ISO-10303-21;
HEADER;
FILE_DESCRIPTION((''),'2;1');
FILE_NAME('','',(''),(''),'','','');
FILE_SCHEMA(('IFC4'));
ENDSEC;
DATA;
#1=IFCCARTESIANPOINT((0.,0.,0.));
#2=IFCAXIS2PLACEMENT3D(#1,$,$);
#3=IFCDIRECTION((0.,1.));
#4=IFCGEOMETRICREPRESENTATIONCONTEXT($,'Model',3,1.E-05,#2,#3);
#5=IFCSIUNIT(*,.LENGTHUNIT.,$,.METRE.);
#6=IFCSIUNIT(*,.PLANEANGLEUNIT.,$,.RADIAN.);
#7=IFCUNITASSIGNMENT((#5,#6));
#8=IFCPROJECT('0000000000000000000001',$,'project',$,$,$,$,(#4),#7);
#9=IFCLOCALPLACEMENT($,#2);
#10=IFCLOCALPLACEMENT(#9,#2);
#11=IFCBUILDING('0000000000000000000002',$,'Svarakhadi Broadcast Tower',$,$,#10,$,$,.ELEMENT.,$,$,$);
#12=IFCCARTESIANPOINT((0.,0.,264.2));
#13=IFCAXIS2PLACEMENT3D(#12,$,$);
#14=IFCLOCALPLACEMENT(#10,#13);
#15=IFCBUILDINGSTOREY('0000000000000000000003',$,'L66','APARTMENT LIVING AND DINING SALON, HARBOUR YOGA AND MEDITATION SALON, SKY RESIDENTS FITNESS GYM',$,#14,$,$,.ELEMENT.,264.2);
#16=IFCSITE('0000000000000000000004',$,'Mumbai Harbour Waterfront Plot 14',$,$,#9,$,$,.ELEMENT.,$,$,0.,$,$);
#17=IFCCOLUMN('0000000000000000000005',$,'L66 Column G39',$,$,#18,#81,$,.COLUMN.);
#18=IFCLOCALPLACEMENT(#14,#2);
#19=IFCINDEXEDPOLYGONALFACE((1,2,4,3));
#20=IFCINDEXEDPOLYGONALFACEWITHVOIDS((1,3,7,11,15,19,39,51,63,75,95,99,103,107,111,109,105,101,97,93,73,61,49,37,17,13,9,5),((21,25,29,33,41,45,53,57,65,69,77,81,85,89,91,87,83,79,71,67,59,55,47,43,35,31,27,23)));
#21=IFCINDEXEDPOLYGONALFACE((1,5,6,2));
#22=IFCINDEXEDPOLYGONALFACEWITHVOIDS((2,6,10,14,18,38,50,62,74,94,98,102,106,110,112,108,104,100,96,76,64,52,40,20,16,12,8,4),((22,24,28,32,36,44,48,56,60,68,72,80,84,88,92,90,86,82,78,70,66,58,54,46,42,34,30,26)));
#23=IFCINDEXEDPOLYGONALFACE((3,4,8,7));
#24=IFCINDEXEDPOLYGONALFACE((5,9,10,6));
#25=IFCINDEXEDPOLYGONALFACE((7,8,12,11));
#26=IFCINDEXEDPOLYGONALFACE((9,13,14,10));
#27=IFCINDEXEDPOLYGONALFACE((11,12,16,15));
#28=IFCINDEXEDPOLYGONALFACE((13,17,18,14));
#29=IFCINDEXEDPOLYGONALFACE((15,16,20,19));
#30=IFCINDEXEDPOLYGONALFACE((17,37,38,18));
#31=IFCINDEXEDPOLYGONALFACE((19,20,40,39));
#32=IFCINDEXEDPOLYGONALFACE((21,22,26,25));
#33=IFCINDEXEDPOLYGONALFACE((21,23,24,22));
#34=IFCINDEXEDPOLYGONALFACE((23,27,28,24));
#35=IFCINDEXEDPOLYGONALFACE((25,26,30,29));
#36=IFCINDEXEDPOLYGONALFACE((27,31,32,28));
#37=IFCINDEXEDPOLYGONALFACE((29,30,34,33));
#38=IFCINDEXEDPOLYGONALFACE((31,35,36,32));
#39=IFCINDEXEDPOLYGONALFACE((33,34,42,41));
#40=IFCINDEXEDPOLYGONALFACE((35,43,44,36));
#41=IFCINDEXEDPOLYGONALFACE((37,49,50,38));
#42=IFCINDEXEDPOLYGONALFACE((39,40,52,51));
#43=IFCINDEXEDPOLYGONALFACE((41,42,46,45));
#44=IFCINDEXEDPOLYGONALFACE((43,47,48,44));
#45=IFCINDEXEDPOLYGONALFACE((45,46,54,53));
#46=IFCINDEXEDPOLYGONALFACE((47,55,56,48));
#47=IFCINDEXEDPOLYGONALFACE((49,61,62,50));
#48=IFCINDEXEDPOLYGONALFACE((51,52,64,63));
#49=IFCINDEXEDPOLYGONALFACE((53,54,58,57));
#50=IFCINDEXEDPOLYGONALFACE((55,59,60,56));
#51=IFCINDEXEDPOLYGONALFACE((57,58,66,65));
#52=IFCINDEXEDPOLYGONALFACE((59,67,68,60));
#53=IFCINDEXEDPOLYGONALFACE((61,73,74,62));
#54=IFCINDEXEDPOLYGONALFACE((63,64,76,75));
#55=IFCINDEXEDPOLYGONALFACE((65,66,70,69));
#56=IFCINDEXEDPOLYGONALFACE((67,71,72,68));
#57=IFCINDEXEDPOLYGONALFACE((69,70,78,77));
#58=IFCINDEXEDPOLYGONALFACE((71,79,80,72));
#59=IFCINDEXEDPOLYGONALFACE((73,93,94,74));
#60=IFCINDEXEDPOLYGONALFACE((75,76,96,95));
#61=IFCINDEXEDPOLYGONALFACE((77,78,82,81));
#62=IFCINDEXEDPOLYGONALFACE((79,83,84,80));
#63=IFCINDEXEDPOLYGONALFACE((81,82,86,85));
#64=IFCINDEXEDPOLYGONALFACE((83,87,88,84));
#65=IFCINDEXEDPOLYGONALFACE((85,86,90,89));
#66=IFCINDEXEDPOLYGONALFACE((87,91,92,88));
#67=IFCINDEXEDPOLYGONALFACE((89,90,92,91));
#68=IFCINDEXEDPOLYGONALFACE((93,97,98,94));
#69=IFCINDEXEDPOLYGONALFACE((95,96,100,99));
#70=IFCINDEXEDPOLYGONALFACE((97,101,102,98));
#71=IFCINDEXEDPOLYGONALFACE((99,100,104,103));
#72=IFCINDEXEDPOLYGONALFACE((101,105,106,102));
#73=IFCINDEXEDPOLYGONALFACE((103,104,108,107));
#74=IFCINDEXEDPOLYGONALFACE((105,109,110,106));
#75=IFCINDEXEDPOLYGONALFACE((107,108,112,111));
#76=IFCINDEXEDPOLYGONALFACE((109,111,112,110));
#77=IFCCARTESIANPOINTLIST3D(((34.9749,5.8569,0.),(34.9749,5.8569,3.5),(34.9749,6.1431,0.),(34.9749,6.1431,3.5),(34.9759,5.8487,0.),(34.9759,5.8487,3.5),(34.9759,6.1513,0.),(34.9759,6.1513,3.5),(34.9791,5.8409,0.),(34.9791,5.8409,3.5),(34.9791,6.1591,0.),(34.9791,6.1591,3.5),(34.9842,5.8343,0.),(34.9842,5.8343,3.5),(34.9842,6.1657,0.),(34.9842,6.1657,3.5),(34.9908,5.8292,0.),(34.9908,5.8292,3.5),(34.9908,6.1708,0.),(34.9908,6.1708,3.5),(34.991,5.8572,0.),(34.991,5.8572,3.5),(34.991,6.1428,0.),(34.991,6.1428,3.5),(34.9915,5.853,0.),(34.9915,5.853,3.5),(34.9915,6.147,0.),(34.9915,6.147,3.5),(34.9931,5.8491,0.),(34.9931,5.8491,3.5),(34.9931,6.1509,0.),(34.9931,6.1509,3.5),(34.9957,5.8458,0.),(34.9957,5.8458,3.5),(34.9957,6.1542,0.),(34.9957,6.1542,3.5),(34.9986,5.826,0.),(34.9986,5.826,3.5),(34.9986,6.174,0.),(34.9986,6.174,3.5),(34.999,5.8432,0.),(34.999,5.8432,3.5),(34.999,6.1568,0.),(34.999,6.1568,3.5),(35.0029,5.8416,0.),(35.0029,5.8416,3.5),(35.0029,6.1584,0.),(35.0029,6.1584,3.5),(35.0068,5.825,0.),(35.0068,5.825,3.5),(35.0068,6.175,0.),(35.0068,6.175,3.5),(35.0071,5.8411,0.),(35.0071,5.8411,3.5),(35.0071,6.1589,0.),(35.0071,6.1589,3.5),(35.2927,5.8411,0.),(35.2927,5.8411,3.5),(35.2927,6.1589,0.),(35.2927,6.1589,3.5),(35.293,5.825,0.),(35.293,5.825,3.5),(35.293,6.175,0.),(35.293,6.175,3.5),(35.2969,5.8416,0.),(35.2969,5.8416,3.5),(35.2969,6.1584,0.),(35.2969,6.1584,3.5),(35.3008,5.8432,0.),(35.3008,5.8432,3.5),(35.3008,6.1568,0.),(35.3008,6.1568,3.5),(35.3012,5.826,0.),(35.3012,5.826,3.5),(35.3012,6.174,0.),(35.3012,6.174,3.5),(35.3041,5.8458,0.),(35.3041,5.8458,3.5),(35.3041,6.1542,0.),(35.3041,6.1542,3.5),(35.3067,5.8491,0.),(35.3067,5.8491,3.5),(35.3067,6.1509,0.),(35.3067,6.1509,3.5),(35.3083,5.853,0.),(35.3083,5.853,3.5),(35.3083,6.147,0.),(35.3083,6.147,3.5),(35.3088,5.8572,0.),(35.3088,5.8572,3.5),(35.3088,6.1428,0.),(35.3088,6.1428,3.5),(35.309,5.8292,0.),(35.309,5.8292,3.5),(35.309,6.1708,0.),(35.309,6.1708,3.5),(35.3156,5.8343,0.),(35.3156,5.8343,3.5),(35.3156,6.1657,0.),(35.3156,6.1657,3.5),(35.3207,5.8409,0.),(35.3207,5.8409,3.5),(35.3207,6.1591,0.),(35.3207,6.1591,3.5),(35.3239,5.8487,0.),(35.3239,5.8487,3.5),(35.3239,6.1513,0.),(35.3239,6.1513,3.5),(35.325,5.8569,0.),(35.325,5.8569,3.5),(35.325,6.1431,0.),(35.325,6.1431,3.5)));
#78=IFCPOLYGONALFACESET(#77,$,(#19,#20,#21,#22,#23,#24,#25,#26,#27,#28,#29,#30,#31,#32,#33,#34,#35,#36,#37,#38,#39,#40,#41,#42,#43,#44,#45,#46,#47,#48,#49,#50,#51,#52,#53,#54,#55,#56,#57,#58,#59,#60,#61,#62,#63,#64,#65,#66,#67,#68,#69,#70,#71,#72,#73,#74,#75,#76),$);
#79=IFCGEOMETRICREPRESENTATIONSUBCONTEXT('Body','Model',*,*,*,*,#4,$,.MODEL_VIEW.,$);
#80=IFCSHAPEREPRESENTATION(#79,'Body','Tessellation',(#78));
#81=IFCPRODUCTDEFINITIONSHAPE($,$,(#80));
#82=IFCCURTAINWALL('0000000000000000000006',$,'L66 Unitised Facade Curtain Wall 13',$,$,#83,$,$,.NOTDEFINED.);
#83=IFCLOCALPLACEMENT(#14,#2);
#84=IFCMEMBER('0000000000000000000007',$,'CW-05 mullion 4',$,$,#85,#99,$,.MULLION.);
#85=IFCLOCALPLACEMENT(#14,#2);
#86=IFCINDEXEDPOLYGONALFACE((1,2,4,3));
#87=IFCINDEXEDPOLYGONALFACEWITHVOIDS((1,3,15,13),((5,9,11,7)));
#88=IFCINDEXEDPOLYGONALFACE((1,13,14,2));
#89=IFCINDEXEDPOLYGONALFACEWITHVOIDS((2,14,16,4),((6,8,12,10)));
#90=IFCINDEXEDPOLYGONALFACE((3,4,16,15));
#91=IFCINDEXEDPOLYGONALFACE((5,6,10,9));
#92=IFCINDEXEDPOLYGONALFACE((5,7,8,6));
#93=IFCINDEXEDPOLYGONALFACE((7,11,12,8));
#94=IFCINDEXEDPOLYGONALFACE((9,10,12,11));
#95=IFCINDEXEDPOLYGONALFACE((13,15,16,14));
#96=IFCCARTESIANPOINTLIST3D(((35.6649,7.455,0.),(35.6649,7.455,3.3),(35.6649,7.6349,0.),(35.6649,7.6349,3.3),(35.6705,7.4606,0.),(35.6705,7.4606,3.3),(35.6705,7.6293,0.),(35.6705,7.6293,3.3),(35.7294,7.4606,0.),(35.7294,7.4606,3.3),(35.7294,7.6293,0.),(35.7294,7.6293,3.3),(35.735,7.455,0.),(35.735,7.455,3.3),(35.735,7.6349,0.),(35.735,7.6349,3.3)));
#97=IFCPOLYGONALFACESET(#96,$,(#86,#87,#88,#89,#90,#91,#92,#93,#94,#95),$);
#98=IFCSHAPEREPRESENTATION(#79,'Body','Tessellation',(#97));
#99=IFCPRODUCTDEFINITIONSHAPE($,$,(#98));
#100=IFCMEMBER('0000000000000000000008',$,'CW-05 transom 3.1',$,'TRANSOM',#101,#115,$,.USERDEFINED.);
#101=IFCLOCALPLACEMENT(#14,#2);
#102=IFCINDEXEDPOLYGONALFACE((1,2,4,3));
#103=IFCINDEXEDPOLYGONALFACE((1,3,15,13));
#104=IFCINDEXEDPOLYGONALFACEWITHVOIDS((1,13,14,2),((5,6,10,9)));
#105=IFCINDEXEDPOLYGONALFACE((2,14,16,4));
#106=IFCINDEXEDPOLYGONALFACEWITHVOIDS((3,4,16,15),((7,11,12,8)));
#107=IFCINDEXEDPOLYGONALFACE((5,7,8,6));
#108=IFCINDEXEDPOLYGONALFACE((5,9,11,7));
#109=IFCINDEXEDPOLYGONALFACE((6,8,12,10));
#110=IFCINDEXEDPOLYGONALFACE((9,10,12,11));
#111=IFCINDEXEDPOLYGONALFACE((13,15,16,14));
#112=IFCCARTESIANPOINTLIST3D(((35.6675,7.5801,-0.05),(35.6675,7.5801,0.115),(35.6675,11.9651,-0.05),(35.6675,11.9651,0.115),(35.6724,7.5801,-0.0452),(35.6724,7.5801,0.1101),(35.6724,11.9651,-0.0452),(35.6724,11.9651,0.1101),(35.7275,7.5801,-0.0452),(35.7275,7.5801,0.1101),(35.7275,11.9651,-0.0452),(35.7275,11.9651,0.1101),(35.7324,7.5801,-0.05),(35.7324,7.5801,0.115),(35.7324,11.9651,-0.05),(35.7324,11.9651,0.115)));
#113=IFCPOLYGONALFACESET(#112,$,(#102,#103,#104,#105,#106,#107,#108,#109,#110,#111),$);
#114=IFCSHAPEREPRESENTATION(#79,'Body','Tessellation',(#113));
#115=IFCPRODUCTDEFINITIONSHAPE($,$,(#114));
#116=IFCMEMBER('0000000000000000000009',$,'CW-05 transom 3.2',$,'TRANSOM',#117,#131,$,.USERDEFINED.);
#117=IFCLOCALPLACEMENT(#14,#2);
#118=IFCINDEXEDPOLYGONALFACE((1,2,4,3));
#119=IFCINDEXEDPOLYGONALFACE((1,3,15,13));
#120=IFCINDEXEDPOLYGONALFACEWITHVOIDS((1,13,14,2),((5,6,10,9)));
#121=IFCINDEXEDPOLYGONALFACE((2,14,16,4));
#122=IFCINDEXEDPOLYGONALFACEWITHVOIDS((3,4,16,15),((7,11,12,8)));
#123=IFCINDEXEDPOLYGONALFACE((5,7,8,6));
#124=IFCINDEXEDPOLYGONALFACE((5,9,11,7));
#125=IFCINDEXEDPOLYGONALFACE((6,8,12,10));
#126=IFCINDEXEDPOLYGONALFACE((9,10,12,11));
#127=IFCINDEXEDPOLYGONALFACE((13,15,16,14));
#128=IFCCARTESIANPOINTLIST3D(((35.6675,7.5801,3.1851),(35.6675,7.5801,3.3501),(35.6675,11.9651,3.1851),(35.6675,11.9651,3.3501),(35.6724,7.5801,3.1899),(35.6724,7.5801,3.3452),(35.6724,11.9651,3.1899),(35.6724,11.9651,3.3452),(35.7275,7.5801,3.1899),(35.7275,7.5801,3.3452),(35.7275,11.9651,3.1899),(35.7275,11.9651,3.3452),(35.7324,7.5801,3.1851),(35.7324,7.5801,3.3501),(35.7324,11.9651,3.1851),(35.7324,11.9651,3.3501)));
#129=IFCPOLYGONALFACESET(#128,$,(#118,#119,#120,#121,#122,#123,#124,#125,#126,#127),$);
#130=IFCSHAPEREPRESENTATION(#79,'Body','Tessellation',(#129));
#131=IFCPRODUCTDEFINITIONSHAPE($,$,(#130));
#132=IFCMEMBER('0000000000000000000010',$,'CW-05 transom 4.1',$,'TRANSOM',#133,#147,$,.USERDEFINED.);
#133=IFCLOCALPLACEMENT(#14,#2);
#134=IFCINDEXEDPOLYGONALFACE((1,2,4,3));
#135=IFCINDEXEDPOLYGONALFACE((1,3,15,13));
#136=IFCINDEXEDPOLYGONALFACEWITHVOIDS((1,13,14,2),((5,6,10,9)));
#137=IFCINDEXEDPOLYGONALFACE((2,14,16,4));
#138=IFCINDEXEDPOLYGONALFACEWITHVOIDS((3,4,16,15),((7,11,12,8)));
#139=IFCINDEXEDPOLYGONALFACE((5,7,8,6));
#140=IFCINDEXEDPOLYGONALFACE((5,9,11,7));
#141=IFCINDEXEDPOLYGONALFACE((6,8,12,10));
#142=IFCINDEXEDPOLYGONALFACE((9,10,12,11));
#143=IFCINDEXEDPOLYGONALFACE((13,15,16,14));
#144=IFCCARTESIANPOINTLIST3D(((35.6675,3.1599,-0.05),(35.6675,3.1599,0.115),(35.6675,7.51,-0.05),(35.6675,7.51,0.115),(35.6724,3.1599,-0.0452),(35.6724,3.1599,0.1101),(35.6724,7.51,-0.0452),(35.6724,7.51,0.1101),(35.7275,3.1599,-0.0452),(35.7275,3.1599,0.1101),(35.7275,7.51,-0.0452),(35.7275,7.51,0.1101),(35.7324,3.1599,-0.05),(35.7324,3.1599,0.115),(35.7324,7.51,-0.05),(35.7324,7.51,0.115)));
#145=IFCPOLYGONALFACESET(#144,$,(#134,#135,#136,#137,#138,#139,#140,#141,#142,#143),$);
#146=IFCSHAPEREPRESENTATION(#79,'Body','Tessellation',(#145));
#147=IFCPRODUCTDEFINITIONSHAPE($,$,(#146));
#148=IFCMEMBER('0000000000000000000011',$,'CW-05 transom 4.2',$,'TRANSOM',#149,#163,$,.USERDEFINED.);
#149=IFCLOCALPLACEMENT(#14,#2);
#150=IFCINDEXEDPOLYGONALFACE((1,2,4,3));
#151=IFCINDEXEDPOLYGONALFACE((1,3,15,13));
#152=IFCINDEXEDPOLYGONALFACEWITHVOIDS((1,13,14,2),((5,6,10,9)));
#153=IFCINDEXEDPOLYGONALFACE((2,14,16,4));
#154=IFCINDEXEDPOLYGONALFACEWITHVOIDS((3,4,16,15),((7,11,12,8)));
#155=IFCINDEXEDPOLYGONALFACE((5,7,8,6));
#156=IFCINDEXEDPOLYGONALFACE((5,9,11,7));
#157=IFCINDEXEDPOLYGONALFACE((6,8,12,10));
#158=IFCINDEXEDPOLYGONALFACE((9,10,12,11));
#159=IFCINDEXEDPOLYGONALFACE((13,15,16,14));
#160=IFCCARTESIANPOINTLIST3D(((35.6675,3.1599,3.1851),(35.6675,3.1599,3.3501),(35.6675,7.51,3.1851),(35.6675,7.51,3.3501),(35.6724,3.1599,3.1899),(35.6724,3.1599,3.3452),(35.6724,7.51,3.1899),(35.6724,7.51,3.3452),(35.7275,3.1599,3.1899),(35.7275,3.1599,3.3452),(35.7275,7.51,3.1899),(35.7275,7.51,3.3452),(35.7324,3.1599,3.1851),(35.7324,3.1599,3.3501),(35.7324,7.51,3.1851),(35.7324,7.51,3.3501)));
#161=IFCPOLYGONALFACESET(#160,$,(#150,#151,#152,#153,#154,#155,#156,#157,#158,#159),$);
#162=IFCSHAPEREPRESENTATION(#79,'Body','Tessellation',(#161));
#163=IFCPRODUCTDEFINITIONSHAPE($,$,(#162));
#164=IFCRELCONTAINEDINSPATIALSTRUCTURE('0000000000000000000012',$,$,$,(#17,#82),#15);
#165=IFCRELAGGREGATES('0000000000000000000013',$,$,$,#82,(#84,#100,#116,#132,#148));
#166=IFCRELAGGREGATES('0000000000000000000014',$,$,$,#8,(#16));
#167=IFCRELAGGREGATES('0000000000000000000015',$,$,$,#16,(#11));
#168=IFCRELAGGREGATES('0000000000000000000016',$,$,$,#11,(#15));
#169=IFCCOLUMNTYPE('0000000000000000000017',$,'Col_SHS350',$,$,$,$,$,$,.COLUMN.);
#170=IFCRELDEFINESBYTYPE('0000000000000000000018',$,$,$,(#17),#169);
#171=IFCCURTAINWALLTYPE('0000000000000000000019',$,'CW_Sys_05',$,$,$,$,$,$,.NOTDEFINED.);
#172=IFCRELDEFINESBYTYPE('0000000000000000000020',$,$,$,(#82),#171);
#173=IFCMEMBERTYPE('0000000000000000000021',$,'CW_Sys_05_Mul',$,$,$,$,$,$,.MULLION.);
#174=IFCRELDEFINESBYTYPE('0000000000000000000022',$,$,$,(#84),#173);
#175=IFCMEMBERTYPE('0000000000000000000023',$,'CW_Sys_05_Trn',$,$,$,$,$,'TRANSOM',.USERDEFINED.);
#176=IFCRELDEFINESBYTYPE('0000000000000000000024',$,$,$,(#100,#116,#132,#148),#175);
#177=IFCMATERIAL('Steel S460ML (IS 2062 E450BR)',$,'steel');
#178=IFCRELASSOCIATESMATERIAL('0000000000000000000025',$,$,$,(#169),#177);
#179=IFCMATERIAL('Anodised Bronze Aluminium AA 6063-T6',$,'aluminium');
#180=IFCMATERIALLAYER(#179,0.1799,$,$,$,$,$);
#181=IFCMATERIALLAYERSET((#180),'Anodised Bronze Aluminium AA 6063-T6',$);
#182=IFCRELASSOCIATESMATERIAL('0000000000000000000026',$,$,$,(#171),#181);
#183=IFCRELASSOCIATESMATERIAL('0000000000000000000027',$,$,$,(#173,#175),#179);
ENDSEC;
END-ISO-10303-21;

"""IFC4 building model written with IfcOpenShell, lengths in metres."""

from ifc_helpers import new_model, si_unit, direction, frame, origin, origin_2d, place, context, subcontext, project, spatial, hollow_rectangle, extrude, material, layer, layer_set, material_profile, profile_set, type_object, element, aggregate, save


model = new_model("IFC4")

# Units and contexts
model_context = context("Model", 3, precision=1e-05, world=origin(), true_north=direction((0.0, 1.0)))
body_context = subcontext(model_context, "Body", "Model", "MODEL_VIEW")
ifc_project = project(units=[si_unit("LENGTHUNIT", "METRE"), si_unit("PLANEANGLEUNIT", "RADIAN")], contexts=[model_context])

# Site, building, storey
site_placement = place(None, origin())
site = spatial("IfcSite", under=ifc_project, at=site_placement, Name="Mumbai Harbour Waterfront Plot 14", CompositionType="ELEMENT", RefElevation=0.0)
building_placement = place(site_placement, origin())
building = spatial("IfcBuilding", under=site, at=building_placement, Name="Svarakhadi Broadcast Tower", CompositionType="ELEMENT")
storey_placement = place(building_placement, frame((0.0, 0.0, 264.2)))
storey = spatial("IfcBuildingStorey", under=building, at=storey_placement, Name="L66", Description="APARTMENT LIVING AND DINING SALON, HARBOUR YOGA AND MEDITATION SALON, SKY RESIDENTS FITNESS GYM", CompositionType="ELEMENT", Elevation=264.2)

# Column
ifc_material_1 = material(Name="Steel S460ML (IS 2062 E450BR)", Category="steel")
ifc_material_profile_1 = material_profile(ifc_material_1, hollow_rectangle(XDim=0.3501, YDim=0.3501, WallThickness=0.0161, InnerFilletRadius=0.0161, OuterFilletRadius=0.032, at=origin_2d()), Name="SHS 350x350x16")
ifc_profile_set_1 = profile_set([ifc_material_profile_1], Name="Steel S460ML (IS 2062 E450BR)")
column_type = type_object("IfcColumnType", Name="Col_SHS350", PredefinedType="COLUMN", material=ifc_profile_set_1)
column_placement = place(storey_placement, frame((35.1499, 6.0, 0.0), z_axis=(0.0, 0.0, 1.0), x_axis=(1.0, 0.0, 0.0)))
element("IfcColumn", 1, at=column_placement, inside=storey, type_object=column_type, Name="L66 Column G39", PredefinedType="COLUMN", context=body_context, shape_type="SweptSolid", body=[
    extrude(hollow_rectangle(XDim=0.3501, YDim=0.3501, WallThickness=0.0161, InnerFilletRadius=0.0161, OuterFilletRadius=0.032, at=origin_2d()), origin(), (0.0, 0.0, 1.0), 3.5),
])

# Curtain wall, members
ifc_material_2 = material(Name="Anodised Bronze Aluminium AA 6063-T6", Category="aluminium")
ifc_layer_1 = layer(ifc_material_2, 0.1799)
ifc_layer_set_1 = layer_set([ifc_layer_1], Name="Anodised Bronze Aluminium AA 6063-T6")
curtain_wall_type = type_object("IfcCurtainWallType", Name="CW_Sys_05", PredefinedType="NOTDEFINED", material=ifc_layer_set_1)
curtain_wall_placement = place(storey_placement, origin())
curtain_wall = element("IfcCurtainWall", 2, at=curtain_wall_placement, inside=storey, type_object=curtain_wall_type, Name="L66 Unitised Facade Curtain Wall 13", PredefinedType="NOTDEFINED")
ifc_material_profile_2 = material_profile(ifc_material_2, hollow_rectangle(XDim=0.0701, YDim=0.1799, WallThickness=0.0056, at=origin_2d()), Name="ALU MULLION 180x70x6")
ifc_profile_set_2 = profile_set([ifc_material_profile_2], Name="Anodised Bronze Aluminium AA 6063-T6")
member_type_1 = type_object("IfcMemberType", Name="CW_Sys_05_Mul", PredefinedType="MULLION", material=ifc_profile_set_2)
member_1_placement = place(storey_placement, frame((35.7, 7.5449, 0.0), z_axis=(0.0, 0.0, 1.0), x_axis=(1.0, 0.0, 0.0)))
member_1 = element("IfcMember", 3, at=member_1_placement, type_object=member_type_1, Name="CW-05 mullion 4", PredefinedType="MULLION", context=body_context, shape_type="SweptSolid", body=[
    extrude(hollow_rectangle(XDim=0.0701, YDim=0.1799, WallThickness=0.0056, at=origin_2d()), origin(), (0.0, 0.0, 1.0), 3.3),
])
ifc_material_profile_3 = material_profile(ifc_material_2, hollow_rectangle(XDim=0.0649, YDim=0.165, WallThickness=0.0049, at=origin_2d()), Name="ALU TRANSOM 165x65x5")
ifc_profile_set_3 = profile_set([ifc_material_profile_3], Name="Anodised Bronze Aluminium AA 6063-T6")
member_type_2 = type_object("IfcMemberType", Name="CW_Sys_05_Trn", ElementType="TRANSOM", PredefinedType="USERDEFINED", material=ifc_profile_set_3)
member_2_placement = place(storey_placement, frame((35.7, 11.9651, 0.0325), z_axis=(0.0, -1.0, 0.0), x_axis=(1.0, 0.0, 0.0)))
member_2 = element("IfcMember", 4, at=member_2_placement, type_object=member_type_2, Name="CW-05 transom 3.1", ObjectType="TRANSOM", PredefinedType="USERDEFINED", context=body_context, shape_type="SweptSolid", body=[
    extrude(hollow_rectangle(XDim=0.0649, YDim=0.165, WallThickness=0.0049, at=origin_2d()), origin(), (0.0, 0.0, 1.0), 4.385),
])
member_3_placement = place(storey_placement, frame((35.7, 11.9651, 3.2676), z_axis=(0.0, -1.0, 0.0), x_axis=(1.0, 0.0, 0.0)))
member_3 = element("IfcMember", 5, at=member_3_placement, type_object=member_type_2, Name="CW-05 transom 3.2", ObjectType="TRANSOM", PredefinedType="USERDEFINED", context=body_context, shape_type="SweptSolid", body=[
    extrude(hollow_rectangle(XDim=0.0649, YDim=0.165, WallThickness=0.0049, at=origin_2d()), origin(), (0.0, 0.0, 1.0), 4.385),
])
member_4_placement = place(storey_placement, frame((35.7, 7.51, 0.0325), z_axis=(0.0, -1.0, 0.0), x_axis=(1.0, 0.0, 0.0)))
member_4 = element("IfcMember", 6, at=member_4_placement, type_object=member_type_2, Name="CW-05 transom 4.1", ObjectType="TRANSOM", PredefinedType="USERDEFINED", context=body_context, shape_type="SweptSolid", body=[
    extrude(hollow_rectangle(XDim=0.0649, YDim=0.165, WallThickness=0.0049, at=origin_2d()), origin(), (0.0, 0.0, 1.0), 4.3501),
])
member_5_placement = place(storey_placement, frame((35.7, 7.51, 3.2676), z_axis=(0.0, -1.0, 0.0), x_axis=(1.0, 0.0, 0.0)))
member_5 = element("IfcMember", 7, at=member_5_placement, type_object=member_type_2, Name="CW-05 transom 4.2", ObjectType="TRANSOM", PredefinedType="USERDEFINED", context=body_context, shape_type="SweptSolid", body=[
    extrude(hollow_rectangle(XDim=0.0649, YDim=0.165, WallThickness=0.0049, at=origin_2d()), origin(), (0.0, 0.0, 1.0), 4.3501),
])

aggregate(curtain_wall, [member_1, member_2, member_3, member_4, member_5])

save(model, "model.ifc")
